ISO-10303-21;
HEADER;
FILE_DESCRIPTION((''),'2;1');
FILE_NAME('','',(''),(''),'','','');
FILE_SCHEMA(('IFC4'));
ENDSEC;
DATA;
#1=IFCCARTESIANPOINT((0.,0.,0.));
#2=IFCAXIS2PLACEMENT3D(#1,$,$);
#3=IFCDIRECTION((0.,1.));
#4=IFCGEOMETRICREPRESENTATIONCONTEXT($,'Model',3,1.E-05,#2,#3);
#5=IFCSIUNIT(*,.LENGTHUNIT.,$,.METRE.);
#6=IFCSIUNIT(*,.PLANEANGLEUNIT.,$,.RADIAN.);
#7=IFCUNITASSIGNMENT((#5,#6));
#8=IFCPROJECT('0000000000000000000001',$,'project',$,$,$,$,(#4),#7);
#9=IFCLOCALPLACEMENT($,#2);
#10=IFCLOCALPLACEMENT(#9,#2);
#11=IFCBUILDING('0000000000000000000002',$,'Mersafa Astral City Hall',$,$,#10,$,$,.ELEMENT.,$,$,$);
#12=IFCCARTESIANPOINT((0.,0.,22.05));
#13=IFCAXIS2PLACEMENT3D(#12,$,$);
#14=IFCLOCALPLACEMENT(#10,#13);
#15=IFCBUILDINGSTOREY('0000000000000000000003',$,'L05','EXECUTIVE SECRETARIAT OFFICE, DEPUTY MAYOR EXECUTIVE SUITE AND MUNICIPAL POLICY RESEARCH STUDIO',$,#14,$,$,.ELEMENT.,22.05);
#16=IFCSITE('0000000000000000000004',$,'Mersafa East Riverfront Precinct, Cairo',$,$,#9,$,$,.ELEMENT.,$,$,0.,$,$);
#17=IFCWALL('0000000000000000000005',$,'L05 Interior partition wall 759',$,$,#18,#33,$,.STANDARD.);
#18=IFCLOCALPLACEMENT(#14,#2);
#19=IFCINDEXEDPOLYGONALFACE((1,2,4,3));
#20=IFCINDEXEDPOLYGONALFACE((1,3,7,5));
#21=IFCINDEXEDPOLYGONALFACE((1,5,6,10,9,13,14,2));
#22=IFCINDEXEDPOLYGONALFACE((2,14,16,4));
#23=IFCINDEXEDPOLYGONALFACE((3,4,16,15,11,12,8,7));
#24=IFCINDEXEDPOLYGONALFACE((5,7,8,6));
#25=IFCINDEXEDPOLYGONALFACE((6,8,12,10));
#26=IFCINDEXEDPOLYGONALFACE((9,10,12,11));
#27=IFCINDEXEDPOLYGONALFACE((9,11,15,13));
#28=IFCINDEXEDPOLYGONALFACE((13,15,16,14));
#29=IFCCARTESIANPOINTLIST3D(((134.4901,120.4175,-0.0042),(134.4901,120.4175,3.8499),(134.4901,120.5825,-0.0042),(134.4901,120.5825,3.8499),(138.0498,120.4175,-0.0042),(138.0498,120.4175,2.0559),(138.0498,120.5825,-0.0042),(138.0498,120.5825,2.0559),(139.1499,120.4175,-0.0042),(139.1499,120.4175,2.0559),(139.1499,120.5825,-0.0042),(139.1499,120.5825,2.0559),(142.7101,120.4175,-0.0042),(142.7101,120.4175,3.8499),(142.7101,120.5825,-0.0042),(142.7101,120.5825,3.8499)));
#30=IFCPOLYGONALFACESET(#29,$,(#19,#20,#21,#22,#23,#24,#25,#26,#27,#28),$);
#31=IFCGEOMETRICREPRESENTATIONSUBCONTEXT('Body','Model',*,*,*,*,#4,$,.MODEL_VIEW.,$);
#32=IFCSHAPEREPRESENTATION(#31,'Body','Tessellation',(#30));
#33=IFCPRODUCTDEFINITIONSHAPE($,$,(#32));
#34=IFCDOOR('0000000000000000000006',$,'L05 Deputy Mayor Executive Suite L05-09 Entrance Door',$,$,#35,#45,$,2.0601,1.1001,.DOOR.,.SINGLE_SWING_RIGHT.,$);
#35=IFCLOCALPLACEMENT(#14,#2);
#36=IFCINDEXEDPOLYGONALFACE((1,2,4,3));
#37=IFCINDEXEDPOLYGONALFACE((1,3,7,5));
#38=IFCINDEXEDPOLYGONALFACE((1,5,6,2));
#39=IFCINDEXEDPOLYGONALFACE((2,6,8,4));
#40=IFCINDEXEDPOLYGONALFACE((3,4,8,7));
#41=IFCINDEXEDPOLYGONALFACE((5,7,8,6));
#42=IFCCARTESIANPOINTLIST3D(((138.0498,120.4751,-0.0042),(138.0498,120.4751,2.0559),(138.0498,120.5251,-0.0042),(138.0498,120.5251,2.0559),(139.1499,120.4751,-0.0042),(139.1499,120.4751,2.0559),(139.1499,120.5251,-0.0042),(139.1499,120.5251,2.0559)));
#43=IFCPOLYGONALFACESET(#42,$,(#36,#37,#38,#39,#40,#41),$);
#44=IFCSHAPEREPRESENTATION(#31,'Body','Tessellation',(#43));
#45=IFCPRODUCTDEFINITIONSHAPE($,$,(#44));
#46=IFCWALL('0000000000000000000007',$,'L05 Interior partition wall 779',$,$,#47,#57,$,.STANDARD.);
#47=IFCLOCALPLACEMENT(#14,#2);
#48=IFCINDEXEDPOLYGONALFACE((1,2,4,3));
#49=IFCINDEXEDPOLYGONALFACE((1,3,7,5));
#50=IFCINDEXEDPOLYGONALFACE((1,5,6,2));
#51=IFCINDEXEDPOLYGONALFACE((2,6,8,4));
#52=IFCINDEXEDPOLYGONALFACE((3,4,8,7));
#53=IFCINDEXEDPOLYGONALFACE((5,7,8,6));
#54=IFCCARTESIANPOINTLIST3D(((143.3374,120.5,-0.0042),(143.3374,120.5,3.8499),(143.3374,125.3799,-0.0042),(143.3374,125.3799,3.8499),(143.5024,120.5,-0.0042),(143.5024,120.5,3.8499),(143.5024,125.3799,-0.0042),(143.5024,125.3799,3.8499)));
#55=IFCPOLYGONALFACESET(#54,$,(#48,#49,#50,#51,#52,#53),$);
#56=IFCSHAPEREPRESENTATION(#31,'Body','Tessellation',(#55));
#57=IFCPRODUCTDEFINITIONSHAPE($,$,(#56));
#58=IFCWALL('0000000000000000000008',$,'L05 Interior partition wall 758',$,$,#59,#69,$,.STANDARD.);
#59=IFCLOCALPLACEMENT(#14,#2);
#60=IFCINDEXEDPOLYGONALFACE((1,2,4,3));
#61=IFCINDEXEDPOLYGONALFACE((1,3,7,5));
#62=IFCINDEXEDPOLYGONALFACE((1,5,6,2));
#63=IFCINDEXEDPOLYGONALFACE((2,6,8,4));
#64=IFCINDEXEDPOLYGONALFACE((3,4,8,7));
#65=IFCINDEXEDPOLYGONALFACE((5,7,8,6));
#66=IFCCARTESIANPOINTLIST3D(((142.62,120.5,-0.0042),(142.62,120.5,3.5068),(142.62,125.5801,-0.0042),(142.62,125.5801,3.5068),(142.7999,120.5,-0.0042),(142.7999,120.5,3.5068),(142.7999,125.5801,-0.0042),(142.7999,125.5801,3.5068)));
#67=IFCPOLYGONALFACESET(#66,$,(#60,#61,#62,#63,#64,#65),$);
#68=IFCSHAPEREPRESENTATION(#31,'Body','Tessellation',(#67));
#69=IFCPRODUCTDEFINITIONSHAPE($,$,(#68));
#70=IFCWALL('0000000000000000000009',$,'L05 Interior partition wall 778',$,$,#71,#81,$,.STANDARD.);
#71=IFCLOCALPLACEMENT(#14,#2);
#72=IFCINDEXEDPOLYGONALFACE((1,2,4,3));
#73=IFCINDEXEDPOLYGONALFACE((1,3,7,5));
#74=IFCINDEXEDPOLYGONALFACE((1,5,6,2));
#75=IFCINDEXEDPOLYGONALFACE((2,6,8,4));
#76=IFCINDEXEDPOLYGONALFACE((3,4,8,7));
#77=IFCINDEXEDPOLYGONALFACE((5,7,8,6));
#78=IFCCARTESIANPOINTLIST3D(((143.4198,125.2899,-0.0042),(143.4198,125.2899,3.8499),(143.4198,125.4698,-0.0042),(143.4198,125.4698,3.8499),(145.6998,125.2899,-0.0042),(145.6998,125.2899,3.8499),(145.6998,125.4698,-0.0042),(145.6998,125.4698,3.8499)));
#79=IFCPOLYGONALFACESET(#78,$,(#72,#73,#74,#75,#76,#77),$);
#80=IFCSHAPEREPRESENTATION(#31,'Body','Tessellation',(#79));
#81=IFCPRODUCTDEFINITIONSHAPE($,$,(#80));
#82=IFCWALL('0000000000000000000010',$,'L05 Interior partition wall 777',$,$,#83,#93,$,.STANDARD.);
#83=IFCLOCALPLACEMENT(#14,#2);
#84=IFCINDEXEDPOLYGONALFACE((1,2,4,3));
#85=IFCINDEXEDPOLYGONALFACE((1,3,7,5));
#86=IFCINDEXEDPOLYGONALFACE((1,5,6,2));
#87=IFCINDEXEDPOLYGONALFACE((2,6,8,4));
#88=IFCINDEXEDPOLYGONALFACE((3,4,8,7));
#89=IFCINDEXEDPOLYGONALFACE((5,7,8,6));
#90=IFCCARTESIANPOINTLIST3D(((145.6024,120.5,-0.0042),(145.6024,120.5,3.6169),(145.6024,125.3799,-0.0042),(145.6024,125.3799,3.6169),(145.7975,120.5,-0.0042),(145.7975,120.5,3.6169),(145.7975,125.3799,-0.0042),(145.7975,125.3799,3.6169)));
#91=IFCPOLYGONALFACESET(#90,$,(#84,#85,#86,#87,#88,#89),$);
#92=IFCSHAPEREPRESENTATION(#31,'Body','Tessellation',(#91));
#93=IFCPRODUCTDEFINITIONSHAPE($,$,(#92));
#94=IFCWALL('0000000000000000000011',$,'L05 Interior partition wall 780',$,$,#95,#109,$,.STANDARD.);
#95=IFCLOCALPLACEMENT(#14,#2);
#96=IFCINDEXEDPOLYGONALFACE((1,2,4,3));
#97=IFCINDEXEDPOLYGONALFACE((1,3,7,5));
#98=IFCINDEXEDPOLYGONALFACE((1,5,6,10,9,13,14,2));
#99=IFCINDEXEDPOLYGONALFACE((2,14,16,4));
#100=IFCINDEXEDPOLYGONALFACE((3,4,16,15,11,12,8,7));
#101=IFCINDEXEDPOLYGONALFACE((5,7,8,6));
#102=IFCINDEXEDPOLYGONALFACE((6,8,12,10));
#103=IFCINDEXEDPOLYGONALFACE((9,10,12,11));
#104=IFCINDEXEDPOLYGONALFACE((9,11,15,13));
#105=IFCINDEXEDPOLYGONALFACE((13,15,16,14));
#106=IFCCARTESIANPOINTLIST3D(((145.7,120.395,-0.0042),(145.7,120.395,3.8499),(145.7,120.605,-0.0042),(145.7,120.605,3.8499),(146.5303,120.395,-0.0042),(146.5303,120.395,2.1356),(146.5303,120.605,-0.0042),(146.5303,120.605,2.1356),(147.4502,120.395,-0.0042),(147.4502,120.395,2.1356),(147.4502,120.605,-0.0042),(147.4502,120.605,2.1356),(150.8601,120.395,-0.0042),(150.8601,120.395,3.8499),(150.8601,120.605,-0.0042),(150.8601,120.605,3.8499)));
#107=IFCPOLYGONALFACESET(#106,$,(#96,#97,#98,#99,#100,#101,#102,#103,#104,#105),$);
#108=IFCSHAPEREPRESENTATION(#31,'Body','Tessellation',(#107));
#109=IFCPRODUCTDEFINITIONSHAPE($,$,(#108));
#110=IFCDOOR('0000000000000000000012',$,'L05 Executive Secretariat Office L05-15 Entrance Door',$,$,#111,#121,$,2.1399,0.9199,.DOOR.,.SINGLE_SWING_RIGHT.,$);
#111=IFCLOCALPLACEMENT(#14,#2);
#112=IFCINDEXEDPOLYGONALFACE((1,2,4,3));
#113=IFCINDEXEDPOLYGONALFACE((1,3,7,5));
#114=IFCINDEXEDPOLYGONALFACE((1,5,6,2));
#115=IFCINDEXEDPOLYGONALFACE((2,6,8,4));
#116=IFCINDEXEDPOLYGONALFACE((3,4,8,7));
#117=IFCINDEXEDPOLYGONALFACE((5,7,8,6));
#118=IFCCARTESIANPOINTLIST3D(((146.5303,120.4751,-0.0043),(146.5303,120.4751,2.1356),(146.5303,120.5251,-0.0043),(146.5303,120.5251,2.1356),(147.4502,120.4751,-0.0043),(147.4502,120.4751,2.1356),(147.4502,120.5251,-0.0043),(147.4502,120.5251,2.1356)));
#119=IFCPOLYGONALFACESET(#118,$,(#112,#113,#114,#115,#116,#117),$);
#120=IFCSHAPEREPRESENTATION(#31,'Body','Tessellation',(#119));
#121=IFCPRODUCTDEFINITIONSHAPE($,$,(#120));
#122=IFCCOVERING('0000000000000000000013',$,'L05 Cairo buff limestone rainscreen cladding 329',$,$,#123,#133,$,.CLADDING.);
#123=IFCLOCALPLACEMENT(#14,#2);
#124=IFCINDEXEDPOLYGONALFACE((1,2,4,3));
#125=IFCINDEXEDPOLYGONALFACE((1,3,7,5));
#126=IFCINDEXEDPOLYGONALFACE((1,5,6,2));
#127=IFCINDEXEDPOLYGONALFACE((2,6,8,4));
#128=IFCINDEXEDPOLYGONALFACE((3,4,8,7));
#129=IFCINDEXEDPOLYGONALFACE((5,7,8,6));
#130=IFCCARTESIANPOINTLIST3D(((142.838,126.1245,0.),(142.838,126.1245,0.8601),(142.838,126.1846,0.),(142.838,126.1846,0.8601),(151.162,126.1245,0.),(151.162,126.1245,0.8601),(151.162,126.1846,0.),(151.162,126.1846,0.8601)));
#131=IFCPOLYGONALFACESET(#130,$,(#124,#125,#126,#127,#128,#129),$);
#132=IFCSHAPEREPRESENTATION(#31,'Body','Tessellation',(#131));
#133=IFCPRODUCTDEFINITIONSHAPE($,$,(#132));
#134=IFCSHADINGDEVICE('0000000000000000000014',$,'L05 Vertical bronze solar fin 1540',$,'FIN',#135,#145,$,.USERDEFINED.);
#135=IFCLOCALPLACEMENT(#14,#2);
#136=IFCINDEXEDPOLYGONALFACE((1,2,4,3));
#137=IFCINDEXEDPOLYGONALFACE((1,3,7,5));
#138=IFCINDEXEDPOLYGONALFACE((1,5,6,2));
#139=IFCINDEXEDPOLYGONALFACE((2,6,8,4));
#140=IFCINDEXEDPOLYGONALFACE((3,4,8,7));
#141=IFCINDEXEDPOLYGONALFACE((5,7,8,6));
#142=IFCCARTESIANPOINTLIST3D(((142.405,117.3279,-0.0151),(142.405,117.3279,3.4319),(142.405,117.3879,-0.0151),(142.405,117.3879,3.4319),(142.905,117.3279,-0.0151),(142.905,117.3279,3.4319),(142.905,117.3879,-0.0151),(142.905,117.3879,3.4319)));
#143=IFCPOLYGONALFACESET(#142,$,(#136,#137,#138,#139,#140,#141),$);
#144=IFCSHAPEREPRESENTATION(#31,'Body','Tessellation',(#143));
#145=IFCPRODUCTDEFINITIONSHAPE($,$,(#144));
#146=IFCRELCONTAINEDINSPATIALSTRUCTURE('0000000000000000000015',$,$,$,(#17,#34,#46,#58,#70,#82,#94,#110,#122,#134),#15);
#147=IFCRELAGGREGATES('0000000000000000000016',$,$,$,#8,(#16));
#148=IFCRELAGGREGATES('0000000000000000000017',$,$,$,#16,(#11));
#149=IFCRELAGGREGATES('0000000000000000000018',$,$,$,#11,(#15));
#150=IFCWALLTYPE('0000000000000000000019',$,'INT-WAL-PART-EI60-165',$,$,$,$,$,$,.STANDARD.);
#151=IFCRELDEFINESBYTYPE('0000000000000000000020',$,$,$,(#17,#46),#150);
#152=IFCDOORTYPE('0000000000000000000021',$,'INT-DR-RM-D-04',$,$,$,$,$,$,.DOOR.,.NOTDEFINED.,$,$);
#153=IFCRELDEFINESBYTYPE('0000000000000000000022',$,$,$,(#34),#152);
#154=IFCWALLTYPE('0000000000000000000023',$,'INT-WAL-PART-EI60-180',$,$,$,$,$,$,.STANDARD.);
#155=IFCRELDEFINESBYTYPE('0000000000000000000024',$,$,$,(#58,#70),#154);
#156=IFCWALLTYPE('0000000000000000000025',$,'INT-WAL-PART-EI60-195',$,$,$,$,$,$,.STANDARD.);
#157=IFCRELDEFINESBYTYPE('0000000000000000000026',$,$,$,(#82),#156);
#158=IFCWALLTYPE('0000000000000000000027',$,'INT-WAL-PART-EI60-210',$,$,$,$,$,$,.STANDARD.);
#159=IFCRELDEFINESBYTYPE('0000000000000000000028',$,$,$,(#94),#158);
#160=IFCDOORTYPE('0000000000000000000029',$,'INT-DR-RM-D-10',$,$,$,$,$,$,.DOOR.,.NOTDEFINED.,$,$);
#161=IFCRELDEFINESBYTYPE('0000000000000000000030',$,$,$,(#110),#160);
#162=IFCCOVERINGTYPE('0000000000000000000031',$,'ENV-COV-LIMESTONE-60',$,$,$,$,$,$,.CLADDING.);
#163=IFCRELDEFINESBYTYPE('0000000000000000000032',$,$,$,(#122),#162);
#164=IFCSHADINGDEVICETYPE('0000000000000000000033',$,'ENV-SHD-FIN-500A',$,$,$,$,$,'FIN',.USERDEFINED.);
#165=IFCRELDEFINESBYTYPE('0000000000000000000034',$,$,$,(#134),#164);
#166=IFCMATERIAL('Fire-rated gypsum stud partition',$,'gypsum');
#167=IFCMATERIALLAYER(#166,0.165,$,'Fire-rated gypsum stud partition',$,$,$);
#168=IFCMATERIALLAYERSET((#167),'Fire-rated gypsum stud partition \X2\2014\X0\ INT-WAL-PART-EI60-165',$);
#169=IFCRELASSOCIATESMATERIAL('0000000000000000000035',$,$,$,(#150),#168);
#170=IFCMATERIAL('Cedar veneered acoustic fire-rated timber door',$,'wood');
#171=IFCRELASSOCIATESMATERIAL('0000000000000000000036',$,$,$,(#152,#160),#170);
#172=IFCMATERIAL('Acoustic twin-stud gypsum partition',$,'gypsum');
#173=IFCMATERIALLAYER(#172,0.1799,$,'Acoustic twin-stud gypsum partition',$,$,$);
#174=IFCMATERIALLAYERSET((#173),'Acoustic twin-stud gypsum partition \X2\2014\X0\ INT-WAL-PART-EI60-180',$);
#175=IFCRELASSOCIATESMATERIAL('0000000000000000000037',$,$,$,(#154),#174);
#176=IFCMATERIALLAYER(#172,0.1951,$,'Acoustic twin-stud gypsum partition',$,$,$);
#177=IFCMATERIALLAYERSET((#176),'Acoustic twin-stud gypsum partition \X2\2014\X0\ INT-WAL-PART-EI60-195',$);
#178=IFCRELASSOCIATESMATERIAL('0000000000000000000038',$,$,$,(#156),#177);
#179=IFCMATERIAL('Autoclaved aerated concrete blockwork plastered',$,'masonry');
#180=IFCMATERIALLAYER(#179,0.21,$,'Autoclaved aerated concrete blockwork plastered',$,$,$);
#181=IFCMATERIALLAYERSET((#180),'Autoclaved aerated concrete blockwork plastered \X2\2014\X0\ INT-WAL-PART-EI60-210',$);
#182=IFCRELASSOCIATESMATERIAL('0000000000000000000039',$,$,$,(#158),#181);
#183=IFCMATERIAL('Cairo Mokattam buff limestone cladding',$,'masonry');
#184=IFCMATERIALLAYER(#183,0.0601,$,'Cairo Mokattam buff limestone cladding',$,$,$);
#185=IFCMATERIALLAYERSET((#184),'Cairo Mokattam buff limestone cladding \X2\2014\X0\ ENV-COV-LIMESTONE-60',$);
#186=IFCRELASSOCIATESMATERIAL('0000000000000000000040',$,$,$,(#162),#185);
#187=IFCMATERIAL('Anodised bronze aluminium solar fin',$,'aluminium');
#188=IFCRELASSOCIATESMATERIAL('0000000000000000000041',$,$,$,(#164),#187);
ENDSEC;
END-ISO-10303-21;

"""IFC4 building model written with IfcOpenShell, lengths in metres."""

from ifc_helpers import new_model, si_unit, direction, frame, frame_2d, origin, origin_2d, place, context, subcontext, project, spatial, rectangle, extrude, material, layer, layer_set, type_object, element, fill, save


model = new_model("IFC4")

# Units and contexts
model_context = context("Model", 3, precision=1e-05, world=origin(), true_north=direction((0.0, 1.0)))
body_context = subcontext(model_context, "Body", "Model", "MODEL_VIEW")
ifc_project = project(units=[si_unit("LENGTHUNIT", "METRE"), si_unit("PLANEANGLEUNIT", "RADIAN")], contexts=[model_context])

# Site, building, storey
site_placement = place(None, origin())
site = spatial("IfcSite", under=ifc_project, at=site_placement, Name="Mersafa East Riverfront Precinct, Cairo", CompositionType="ELEMENT", RefElevation=0.0)
building_placement = place(site_placement, origin())
building = spatial("IfcBuilding", under=site, at=building_placement, Name="Mersafa Astral City Hall", CompositionType="ELEMENT")
storey_placement = place(building_placement, frame((0.0, 0.0, 22.05)))
storey = spatial("IfcBuildingStorey", under=building, at=storey_placement, Name="L05", Description="EXECUTIVE SECRETARIAT OFFICE, DEPUTY MAYOR EXECUTIVE SUITE AND MUNICIPAL POLICY RESEARCH STUDIO", CompositionType="ELEMENT", Elevation=22.05)

# Wall, opening, door
ifc_material_1 = material(Name="Fire-rated gypsum stud partition", Category="gypsum")
ifc_layer_1 = layer(ifc_material_1, 0.165, Name="Fire-rated gypsum stud partition")
ifc_layer_set_1 = layer_set([ifc_layer_1], Name="Fire-rated gypsum stud partition — INT-WAL-PART-EI60-165")
wall_type_1 = type_object("IfcWallType", Name="INT-WAL-PART-EI60-165", PredefinedType="STANDARD", material=ifc_layer_set_1)
wall_1_placement = place(storey_placement, frame((142.71, 120.5, -0.0042), z_axis=(0.0, 0.0, 1.0), x_axis=(-1.0, 0.0, 0.0)))
wall_1 = element("IfcWall", 1, at=wall_1_placement, inside=storey, type_object=wall_type_1, Name="L05 Interior partition wall 759", PredefinedType="STANDARD", context=body_context, shape_type="SweptSolid", body=[
    extrude(rectangle(XDim=8.22, YDim=0.165, at=frame_2d((4.1099, 0.0))), origin(), (0.0, 0.0, 1.0), 3.854),
])
opening_1_placement = place(wall_1_placement, frame((3.5601, 0.0, 0.0)))
opening_1 = element("IfcOpeningElement", 2, at=opening_1_placement, cuts=wall_1, PredefinedType="OPENING", context=body_context, shape_type="SweptSolid", body=[
    extrude(rectangle(XDim=1.1001, YDim=2.0601, at=frame_2d((0.55, 1.03))), frame((0.0, 0.0925, 0.0), z_axis=(0.0, -1.0, 0.0), x_axis=(1.0, 0.0, 0.0)), (0.0, 0.0, 1.0), 0.1851),
])
ifc_material_2 = material(Name="Cedar veneered acoustic fire-rated timber door", Category="wood")
door_type_1 = type_object("IfcDoorType", Name="INT-DR-RM-D-04", OperationType="NOTDEFINED", PredefinedType="DOOR", material=ifc_material_2)
door_1_placement = place(opening_1_placement, origin())
door_1 = element("IfcDoor", 3, at=door_1_placement, inside=storey, type_object=door_type_1, Name="L05 Deputy Mayor Executive Suite L05-09 Entrance Door", OperationType="SINGLE_SWING_RIGHT", OverallHeight=2.0601, OverallWidth=1.1001, PredefinedType="DOOR", context=body_context, shape_type="SweptSolid", body=[
    extrude(rectangle(XDim=1.1001, YDim=2.0601, at=frame_2d((0.55, 1.03))), frame((0.0, 0.0249, 0.0), z_axis=(0.0, -1.0, 0.0), x_axis=(1.0, 0.0, 0.0)), (0.0, 0.0, 1.0), 0.05),
])
fill(opening_1, door_1)

# Walls
wall_2_placement = place(storey_placement, frame((143.4199, 125.3799, -0.0042), z_axis=(0.0, 0.0, 1.0), x_axis=(0.0, -1.0, 0.0)))
element("IfcWall", 4, at=wall_2_placement, inside=storey, type_object=wall_type_1, Name="L05 Interior partition wall 779", PredefinedType="STANDARD", context=body_context, shape_type="SweptSolid", body=[
    extrude(rectangle(XDim=4.8799, YDim=0.165, at=frame_2d((2.4399, 0.0))), origin(), (0.0, 0.0, 1.0), 3.854),
])
ifc_material_3 = material(Name="Acoustic twin-stud gypsum partition", Category="gypsum")
ifc_layer_2 = layer(ifc_material_3, 0.1799, Name="Acoustic twin-stud gypsum partition")
ifc_layer_set_2 = layer_set([ifc_layer_2], Name="Acoustic twin-stud gypsum partition — INT-WAL-PART-EI60-180")
wall_type_2 = type_object("IfcWallType", Name="INT-WAL-PART-EI60-180", PredefinedType="STANDARD", material=ifc_layer_set_2)
wall_3_placement = place(storey_placement, frame((142.71, 125.5801, -0.0042), z_axis=(0.0, 0.0, 1.0), x_axis=(0.0, -1.0, 0.0)))
element("IfcWall", 5, at=wall_3_placement, inside=storey, type_object=wall_type_2, Name="L05 Interior partition wall 758", PredefinedType="STANDARD", context=body_context, shape_type="SweptSolid", body=[
    extrude(rectangle(XDim=5.0801, YDim=0.1799, at=frame_2d((2.54, 0.0))), origin(), (0.0, 0.0, 1.0), 3.511),
])
wall_4_placement = place(storey_placement, frame((145.7, 125.3799, -0.0042), z_axis=(0.0, 0.0, 1.0), x_axis=(-1.0, 0.0, 0.0)))
element("IfcWall", 6, at=wall_4_placement, inside=storey, type_object=wall_type_2, Name="L05 Interior partition wall 778", PredefinedType="STANDARD", context=body_context, shape_type="SweptSolid", body=[
    extrude(rectangle(XDim=2.28, YDim=0.1799, at=frame_2d((1.1401, 0.0))), origin(), (0.0, 0.0, 1.0), 3.854),
])
ifc_layer_3 = layer(ifc_material_3, 0.1951, Name="Acoustic twin-stud gypsum partition")
ifc_layer_set_3 = layer_set([ifc_layer_3], Name="Acoustic twin-stud gypsum partition — INT-WAL-PART-EI60-195")
wall_type_3 = type_object("IfcWallType", Name="INT-WAL-PART-EI60-195", PredefinedType="STANDARD", material=ifc_layer_set_3)
wall_5_placement = place(storey_placement, frame((145.7, 120.5, -0.0042), z_axis=(0.0, 0.0, 1.0), x_axis=(0.0, 1.0, 0.0)))
element("IfcWall", 7, at=wall_5_placement, inside=storey, type_object=wall_type_3, Name="L05 Interior partition wall 777", PredefinedType="STANDARD", context=body_context, shape_type="SweptSolid", body=[
    extrude(rectangle(XDim=4.8799, YDim=0.1951, at=frame_2d((2.4399, 0.0))), origin(), (0.0, 0.0, 1.0), 3.6211),
])

# Wall, opening, door
ifc_material_4 = material(Name="Autoclaved aerated concrete blockwork plastered", Category="masonry")
ifc_layer_4 = layer(ifc_material_4, 0.21, Name="Autoclaved aerated concrete blockwork plastered")
ifc_layer_set_4 = layer_set([ifc_layer_4], Name="Autoclaved aerated concrete blockwork plastered — INT-WAL-PART-EI60-210")
wall_type_4 = type_object("IfcWallType", Name="INT-WAL-PART-EI60-210", PredefinedType="STANDARD", material=ifc_layer_set_4)
wall_6_placement = place(storey_placement, frame((150.8601, 120.5, -0.0042), z_axis=(0.0, 0.0, 1.0), x_axis=(-1.0, 0.0, 0.0)))
wall_6 = element("IfcWall", 8, at=wall_6_placement, inside=storey, type_object=wall_type_4, Name="L05 Interior partition wall 780", PredefinedType="STANDARD", context=body_context, shape_type="SweptSolid", body=[
    extrude(rectangle(XDim=5.1602, YDim=0.21, at=frame_2d((2.5801, 0.0))), origin(), (0.0, 0.0, 1.0), 3.854),
])
opening_2_placement = place(wall_6_placement, frame((3.4099, 0.0, 0.0)))
opening_2 = element("IfcOpeningElement", 9, at=opening_2_placement, cuts=wall_6, PredefinedType="OPENING", context=body_context, shape_type="SweptSolid", body=[
    extrude(rectangle(XDim=0.9199, YDim=2.1399, at=frame_2d((0.46, 1.0698))), frame((0.0, 0.115, 0.0), z_axis=(0.0, -1.0, 0.0), x_axis=(1.0, 0.0, 0.0)), (0.0, 0.0, 1.0), 0.23),
])
door_type_2 = type_object("IfcDoorType", Name="INT-DR-RM-D-10", OperationType="NOTDEFINED", PredefinedType="DOOR", material=ifc_material_2)
door_2_placement = place(opening_2_placement, origin())
door_2 = element("IfcDoor", 10, at=door_2_placement, inside=storey, type_object=door_type_2, Name="L05 Executive Secretariat Office L05-15 Entrance Door", OperationType="SINGLE_SWING_RIGHT", OverallHeight=2.1399, OverallWidth=0.9199, PredefinedType="DOOR", context=body_context, shape_type="SweptSolid", body=[
    extrude(rectangle(XDim=0.9199, YDim=2.1399, at=frame_2d((0.46, 1.0698))), frame((0.0, 0.0249, 0.0), z_axis=(0.0, -1.0, 0.0), x_axis=(1.0, 0.0, 0.0)), (0.0, 0.0, 1.0), 0.05),
])
fill(opening_2, door_2)

# Covering
ifc_material_5 = material(Name="Cairo Mokattam buff limestone cladding", Category="masonry")
ifc_layer_5 = layer(ifc_material_5, 0.0601, Name="Cairo Mokattam buff limestone cladding")
ifc_layer_set_5 = layer_set([ifc_layer_5], Name="Cairo Mokattam buff limestone cladding — ENV-COV-LIMESTONE-60")
covering_type = type_object("IfcCoveringType", Name="ENV-COV-LIMESTONE-60", PredefinedType="CLADDING", material=ifc_layer_set_5)
covering_placement = place(storey_placement, frame((147.0, 126.1545, 0.0), z_axis=(0.0, 0.0, 1.0), x_axis=(-1.0, 0.0, 0.0)))
element("IfcCovering", 11, at=covering_placement, inside=storey, type_object=covering_type, Name="L05 Cairo buff limestone rainscreen cladding 329", PredefinedType="CLADDING", context=body_context, shape_type="SweptSolid", body=[
    extrude(rectangle(XDim=8.324, YDim=0.0601, at=origin_2d()), origin(), (0.0, 0.0, 1.0), 0.8601),
])

# Shading device
ifc_material_6 = material(Name="Anodised bronze aluminium solar fin", Category="aluminium")
shading_device_type = type_object("IfcShadingDeviceType", Name="ENV-SHD-FIN-500A", ElementType="FIN", PredefinedType="USERDEFINED", material=ifc_material_6)
shading_device_placement = place(storey_placement, frame((142.655, 117.3579, -0.0151), z_axis=(0.0, 0.0, 1.0), x_axis=(0.0, -1.0, 0.0)))
element("IfcShadingDevice", 12, at=shading_device_placement, inside=storey, type_object=shading_device_type, Name="L05 Vertical bronze solar fin 1540", ObjectType="FIN", PredefinedType="USERDEFINED", context=body_context, shape_type="SweptSolid", body=[
    extrude(rectangle(XDim=0.0601, YDim=0.5, at=origin_2d()), origin(), (0.0, 0.0, 1.0), 3.447),
])

save(model, "model.ifc")
